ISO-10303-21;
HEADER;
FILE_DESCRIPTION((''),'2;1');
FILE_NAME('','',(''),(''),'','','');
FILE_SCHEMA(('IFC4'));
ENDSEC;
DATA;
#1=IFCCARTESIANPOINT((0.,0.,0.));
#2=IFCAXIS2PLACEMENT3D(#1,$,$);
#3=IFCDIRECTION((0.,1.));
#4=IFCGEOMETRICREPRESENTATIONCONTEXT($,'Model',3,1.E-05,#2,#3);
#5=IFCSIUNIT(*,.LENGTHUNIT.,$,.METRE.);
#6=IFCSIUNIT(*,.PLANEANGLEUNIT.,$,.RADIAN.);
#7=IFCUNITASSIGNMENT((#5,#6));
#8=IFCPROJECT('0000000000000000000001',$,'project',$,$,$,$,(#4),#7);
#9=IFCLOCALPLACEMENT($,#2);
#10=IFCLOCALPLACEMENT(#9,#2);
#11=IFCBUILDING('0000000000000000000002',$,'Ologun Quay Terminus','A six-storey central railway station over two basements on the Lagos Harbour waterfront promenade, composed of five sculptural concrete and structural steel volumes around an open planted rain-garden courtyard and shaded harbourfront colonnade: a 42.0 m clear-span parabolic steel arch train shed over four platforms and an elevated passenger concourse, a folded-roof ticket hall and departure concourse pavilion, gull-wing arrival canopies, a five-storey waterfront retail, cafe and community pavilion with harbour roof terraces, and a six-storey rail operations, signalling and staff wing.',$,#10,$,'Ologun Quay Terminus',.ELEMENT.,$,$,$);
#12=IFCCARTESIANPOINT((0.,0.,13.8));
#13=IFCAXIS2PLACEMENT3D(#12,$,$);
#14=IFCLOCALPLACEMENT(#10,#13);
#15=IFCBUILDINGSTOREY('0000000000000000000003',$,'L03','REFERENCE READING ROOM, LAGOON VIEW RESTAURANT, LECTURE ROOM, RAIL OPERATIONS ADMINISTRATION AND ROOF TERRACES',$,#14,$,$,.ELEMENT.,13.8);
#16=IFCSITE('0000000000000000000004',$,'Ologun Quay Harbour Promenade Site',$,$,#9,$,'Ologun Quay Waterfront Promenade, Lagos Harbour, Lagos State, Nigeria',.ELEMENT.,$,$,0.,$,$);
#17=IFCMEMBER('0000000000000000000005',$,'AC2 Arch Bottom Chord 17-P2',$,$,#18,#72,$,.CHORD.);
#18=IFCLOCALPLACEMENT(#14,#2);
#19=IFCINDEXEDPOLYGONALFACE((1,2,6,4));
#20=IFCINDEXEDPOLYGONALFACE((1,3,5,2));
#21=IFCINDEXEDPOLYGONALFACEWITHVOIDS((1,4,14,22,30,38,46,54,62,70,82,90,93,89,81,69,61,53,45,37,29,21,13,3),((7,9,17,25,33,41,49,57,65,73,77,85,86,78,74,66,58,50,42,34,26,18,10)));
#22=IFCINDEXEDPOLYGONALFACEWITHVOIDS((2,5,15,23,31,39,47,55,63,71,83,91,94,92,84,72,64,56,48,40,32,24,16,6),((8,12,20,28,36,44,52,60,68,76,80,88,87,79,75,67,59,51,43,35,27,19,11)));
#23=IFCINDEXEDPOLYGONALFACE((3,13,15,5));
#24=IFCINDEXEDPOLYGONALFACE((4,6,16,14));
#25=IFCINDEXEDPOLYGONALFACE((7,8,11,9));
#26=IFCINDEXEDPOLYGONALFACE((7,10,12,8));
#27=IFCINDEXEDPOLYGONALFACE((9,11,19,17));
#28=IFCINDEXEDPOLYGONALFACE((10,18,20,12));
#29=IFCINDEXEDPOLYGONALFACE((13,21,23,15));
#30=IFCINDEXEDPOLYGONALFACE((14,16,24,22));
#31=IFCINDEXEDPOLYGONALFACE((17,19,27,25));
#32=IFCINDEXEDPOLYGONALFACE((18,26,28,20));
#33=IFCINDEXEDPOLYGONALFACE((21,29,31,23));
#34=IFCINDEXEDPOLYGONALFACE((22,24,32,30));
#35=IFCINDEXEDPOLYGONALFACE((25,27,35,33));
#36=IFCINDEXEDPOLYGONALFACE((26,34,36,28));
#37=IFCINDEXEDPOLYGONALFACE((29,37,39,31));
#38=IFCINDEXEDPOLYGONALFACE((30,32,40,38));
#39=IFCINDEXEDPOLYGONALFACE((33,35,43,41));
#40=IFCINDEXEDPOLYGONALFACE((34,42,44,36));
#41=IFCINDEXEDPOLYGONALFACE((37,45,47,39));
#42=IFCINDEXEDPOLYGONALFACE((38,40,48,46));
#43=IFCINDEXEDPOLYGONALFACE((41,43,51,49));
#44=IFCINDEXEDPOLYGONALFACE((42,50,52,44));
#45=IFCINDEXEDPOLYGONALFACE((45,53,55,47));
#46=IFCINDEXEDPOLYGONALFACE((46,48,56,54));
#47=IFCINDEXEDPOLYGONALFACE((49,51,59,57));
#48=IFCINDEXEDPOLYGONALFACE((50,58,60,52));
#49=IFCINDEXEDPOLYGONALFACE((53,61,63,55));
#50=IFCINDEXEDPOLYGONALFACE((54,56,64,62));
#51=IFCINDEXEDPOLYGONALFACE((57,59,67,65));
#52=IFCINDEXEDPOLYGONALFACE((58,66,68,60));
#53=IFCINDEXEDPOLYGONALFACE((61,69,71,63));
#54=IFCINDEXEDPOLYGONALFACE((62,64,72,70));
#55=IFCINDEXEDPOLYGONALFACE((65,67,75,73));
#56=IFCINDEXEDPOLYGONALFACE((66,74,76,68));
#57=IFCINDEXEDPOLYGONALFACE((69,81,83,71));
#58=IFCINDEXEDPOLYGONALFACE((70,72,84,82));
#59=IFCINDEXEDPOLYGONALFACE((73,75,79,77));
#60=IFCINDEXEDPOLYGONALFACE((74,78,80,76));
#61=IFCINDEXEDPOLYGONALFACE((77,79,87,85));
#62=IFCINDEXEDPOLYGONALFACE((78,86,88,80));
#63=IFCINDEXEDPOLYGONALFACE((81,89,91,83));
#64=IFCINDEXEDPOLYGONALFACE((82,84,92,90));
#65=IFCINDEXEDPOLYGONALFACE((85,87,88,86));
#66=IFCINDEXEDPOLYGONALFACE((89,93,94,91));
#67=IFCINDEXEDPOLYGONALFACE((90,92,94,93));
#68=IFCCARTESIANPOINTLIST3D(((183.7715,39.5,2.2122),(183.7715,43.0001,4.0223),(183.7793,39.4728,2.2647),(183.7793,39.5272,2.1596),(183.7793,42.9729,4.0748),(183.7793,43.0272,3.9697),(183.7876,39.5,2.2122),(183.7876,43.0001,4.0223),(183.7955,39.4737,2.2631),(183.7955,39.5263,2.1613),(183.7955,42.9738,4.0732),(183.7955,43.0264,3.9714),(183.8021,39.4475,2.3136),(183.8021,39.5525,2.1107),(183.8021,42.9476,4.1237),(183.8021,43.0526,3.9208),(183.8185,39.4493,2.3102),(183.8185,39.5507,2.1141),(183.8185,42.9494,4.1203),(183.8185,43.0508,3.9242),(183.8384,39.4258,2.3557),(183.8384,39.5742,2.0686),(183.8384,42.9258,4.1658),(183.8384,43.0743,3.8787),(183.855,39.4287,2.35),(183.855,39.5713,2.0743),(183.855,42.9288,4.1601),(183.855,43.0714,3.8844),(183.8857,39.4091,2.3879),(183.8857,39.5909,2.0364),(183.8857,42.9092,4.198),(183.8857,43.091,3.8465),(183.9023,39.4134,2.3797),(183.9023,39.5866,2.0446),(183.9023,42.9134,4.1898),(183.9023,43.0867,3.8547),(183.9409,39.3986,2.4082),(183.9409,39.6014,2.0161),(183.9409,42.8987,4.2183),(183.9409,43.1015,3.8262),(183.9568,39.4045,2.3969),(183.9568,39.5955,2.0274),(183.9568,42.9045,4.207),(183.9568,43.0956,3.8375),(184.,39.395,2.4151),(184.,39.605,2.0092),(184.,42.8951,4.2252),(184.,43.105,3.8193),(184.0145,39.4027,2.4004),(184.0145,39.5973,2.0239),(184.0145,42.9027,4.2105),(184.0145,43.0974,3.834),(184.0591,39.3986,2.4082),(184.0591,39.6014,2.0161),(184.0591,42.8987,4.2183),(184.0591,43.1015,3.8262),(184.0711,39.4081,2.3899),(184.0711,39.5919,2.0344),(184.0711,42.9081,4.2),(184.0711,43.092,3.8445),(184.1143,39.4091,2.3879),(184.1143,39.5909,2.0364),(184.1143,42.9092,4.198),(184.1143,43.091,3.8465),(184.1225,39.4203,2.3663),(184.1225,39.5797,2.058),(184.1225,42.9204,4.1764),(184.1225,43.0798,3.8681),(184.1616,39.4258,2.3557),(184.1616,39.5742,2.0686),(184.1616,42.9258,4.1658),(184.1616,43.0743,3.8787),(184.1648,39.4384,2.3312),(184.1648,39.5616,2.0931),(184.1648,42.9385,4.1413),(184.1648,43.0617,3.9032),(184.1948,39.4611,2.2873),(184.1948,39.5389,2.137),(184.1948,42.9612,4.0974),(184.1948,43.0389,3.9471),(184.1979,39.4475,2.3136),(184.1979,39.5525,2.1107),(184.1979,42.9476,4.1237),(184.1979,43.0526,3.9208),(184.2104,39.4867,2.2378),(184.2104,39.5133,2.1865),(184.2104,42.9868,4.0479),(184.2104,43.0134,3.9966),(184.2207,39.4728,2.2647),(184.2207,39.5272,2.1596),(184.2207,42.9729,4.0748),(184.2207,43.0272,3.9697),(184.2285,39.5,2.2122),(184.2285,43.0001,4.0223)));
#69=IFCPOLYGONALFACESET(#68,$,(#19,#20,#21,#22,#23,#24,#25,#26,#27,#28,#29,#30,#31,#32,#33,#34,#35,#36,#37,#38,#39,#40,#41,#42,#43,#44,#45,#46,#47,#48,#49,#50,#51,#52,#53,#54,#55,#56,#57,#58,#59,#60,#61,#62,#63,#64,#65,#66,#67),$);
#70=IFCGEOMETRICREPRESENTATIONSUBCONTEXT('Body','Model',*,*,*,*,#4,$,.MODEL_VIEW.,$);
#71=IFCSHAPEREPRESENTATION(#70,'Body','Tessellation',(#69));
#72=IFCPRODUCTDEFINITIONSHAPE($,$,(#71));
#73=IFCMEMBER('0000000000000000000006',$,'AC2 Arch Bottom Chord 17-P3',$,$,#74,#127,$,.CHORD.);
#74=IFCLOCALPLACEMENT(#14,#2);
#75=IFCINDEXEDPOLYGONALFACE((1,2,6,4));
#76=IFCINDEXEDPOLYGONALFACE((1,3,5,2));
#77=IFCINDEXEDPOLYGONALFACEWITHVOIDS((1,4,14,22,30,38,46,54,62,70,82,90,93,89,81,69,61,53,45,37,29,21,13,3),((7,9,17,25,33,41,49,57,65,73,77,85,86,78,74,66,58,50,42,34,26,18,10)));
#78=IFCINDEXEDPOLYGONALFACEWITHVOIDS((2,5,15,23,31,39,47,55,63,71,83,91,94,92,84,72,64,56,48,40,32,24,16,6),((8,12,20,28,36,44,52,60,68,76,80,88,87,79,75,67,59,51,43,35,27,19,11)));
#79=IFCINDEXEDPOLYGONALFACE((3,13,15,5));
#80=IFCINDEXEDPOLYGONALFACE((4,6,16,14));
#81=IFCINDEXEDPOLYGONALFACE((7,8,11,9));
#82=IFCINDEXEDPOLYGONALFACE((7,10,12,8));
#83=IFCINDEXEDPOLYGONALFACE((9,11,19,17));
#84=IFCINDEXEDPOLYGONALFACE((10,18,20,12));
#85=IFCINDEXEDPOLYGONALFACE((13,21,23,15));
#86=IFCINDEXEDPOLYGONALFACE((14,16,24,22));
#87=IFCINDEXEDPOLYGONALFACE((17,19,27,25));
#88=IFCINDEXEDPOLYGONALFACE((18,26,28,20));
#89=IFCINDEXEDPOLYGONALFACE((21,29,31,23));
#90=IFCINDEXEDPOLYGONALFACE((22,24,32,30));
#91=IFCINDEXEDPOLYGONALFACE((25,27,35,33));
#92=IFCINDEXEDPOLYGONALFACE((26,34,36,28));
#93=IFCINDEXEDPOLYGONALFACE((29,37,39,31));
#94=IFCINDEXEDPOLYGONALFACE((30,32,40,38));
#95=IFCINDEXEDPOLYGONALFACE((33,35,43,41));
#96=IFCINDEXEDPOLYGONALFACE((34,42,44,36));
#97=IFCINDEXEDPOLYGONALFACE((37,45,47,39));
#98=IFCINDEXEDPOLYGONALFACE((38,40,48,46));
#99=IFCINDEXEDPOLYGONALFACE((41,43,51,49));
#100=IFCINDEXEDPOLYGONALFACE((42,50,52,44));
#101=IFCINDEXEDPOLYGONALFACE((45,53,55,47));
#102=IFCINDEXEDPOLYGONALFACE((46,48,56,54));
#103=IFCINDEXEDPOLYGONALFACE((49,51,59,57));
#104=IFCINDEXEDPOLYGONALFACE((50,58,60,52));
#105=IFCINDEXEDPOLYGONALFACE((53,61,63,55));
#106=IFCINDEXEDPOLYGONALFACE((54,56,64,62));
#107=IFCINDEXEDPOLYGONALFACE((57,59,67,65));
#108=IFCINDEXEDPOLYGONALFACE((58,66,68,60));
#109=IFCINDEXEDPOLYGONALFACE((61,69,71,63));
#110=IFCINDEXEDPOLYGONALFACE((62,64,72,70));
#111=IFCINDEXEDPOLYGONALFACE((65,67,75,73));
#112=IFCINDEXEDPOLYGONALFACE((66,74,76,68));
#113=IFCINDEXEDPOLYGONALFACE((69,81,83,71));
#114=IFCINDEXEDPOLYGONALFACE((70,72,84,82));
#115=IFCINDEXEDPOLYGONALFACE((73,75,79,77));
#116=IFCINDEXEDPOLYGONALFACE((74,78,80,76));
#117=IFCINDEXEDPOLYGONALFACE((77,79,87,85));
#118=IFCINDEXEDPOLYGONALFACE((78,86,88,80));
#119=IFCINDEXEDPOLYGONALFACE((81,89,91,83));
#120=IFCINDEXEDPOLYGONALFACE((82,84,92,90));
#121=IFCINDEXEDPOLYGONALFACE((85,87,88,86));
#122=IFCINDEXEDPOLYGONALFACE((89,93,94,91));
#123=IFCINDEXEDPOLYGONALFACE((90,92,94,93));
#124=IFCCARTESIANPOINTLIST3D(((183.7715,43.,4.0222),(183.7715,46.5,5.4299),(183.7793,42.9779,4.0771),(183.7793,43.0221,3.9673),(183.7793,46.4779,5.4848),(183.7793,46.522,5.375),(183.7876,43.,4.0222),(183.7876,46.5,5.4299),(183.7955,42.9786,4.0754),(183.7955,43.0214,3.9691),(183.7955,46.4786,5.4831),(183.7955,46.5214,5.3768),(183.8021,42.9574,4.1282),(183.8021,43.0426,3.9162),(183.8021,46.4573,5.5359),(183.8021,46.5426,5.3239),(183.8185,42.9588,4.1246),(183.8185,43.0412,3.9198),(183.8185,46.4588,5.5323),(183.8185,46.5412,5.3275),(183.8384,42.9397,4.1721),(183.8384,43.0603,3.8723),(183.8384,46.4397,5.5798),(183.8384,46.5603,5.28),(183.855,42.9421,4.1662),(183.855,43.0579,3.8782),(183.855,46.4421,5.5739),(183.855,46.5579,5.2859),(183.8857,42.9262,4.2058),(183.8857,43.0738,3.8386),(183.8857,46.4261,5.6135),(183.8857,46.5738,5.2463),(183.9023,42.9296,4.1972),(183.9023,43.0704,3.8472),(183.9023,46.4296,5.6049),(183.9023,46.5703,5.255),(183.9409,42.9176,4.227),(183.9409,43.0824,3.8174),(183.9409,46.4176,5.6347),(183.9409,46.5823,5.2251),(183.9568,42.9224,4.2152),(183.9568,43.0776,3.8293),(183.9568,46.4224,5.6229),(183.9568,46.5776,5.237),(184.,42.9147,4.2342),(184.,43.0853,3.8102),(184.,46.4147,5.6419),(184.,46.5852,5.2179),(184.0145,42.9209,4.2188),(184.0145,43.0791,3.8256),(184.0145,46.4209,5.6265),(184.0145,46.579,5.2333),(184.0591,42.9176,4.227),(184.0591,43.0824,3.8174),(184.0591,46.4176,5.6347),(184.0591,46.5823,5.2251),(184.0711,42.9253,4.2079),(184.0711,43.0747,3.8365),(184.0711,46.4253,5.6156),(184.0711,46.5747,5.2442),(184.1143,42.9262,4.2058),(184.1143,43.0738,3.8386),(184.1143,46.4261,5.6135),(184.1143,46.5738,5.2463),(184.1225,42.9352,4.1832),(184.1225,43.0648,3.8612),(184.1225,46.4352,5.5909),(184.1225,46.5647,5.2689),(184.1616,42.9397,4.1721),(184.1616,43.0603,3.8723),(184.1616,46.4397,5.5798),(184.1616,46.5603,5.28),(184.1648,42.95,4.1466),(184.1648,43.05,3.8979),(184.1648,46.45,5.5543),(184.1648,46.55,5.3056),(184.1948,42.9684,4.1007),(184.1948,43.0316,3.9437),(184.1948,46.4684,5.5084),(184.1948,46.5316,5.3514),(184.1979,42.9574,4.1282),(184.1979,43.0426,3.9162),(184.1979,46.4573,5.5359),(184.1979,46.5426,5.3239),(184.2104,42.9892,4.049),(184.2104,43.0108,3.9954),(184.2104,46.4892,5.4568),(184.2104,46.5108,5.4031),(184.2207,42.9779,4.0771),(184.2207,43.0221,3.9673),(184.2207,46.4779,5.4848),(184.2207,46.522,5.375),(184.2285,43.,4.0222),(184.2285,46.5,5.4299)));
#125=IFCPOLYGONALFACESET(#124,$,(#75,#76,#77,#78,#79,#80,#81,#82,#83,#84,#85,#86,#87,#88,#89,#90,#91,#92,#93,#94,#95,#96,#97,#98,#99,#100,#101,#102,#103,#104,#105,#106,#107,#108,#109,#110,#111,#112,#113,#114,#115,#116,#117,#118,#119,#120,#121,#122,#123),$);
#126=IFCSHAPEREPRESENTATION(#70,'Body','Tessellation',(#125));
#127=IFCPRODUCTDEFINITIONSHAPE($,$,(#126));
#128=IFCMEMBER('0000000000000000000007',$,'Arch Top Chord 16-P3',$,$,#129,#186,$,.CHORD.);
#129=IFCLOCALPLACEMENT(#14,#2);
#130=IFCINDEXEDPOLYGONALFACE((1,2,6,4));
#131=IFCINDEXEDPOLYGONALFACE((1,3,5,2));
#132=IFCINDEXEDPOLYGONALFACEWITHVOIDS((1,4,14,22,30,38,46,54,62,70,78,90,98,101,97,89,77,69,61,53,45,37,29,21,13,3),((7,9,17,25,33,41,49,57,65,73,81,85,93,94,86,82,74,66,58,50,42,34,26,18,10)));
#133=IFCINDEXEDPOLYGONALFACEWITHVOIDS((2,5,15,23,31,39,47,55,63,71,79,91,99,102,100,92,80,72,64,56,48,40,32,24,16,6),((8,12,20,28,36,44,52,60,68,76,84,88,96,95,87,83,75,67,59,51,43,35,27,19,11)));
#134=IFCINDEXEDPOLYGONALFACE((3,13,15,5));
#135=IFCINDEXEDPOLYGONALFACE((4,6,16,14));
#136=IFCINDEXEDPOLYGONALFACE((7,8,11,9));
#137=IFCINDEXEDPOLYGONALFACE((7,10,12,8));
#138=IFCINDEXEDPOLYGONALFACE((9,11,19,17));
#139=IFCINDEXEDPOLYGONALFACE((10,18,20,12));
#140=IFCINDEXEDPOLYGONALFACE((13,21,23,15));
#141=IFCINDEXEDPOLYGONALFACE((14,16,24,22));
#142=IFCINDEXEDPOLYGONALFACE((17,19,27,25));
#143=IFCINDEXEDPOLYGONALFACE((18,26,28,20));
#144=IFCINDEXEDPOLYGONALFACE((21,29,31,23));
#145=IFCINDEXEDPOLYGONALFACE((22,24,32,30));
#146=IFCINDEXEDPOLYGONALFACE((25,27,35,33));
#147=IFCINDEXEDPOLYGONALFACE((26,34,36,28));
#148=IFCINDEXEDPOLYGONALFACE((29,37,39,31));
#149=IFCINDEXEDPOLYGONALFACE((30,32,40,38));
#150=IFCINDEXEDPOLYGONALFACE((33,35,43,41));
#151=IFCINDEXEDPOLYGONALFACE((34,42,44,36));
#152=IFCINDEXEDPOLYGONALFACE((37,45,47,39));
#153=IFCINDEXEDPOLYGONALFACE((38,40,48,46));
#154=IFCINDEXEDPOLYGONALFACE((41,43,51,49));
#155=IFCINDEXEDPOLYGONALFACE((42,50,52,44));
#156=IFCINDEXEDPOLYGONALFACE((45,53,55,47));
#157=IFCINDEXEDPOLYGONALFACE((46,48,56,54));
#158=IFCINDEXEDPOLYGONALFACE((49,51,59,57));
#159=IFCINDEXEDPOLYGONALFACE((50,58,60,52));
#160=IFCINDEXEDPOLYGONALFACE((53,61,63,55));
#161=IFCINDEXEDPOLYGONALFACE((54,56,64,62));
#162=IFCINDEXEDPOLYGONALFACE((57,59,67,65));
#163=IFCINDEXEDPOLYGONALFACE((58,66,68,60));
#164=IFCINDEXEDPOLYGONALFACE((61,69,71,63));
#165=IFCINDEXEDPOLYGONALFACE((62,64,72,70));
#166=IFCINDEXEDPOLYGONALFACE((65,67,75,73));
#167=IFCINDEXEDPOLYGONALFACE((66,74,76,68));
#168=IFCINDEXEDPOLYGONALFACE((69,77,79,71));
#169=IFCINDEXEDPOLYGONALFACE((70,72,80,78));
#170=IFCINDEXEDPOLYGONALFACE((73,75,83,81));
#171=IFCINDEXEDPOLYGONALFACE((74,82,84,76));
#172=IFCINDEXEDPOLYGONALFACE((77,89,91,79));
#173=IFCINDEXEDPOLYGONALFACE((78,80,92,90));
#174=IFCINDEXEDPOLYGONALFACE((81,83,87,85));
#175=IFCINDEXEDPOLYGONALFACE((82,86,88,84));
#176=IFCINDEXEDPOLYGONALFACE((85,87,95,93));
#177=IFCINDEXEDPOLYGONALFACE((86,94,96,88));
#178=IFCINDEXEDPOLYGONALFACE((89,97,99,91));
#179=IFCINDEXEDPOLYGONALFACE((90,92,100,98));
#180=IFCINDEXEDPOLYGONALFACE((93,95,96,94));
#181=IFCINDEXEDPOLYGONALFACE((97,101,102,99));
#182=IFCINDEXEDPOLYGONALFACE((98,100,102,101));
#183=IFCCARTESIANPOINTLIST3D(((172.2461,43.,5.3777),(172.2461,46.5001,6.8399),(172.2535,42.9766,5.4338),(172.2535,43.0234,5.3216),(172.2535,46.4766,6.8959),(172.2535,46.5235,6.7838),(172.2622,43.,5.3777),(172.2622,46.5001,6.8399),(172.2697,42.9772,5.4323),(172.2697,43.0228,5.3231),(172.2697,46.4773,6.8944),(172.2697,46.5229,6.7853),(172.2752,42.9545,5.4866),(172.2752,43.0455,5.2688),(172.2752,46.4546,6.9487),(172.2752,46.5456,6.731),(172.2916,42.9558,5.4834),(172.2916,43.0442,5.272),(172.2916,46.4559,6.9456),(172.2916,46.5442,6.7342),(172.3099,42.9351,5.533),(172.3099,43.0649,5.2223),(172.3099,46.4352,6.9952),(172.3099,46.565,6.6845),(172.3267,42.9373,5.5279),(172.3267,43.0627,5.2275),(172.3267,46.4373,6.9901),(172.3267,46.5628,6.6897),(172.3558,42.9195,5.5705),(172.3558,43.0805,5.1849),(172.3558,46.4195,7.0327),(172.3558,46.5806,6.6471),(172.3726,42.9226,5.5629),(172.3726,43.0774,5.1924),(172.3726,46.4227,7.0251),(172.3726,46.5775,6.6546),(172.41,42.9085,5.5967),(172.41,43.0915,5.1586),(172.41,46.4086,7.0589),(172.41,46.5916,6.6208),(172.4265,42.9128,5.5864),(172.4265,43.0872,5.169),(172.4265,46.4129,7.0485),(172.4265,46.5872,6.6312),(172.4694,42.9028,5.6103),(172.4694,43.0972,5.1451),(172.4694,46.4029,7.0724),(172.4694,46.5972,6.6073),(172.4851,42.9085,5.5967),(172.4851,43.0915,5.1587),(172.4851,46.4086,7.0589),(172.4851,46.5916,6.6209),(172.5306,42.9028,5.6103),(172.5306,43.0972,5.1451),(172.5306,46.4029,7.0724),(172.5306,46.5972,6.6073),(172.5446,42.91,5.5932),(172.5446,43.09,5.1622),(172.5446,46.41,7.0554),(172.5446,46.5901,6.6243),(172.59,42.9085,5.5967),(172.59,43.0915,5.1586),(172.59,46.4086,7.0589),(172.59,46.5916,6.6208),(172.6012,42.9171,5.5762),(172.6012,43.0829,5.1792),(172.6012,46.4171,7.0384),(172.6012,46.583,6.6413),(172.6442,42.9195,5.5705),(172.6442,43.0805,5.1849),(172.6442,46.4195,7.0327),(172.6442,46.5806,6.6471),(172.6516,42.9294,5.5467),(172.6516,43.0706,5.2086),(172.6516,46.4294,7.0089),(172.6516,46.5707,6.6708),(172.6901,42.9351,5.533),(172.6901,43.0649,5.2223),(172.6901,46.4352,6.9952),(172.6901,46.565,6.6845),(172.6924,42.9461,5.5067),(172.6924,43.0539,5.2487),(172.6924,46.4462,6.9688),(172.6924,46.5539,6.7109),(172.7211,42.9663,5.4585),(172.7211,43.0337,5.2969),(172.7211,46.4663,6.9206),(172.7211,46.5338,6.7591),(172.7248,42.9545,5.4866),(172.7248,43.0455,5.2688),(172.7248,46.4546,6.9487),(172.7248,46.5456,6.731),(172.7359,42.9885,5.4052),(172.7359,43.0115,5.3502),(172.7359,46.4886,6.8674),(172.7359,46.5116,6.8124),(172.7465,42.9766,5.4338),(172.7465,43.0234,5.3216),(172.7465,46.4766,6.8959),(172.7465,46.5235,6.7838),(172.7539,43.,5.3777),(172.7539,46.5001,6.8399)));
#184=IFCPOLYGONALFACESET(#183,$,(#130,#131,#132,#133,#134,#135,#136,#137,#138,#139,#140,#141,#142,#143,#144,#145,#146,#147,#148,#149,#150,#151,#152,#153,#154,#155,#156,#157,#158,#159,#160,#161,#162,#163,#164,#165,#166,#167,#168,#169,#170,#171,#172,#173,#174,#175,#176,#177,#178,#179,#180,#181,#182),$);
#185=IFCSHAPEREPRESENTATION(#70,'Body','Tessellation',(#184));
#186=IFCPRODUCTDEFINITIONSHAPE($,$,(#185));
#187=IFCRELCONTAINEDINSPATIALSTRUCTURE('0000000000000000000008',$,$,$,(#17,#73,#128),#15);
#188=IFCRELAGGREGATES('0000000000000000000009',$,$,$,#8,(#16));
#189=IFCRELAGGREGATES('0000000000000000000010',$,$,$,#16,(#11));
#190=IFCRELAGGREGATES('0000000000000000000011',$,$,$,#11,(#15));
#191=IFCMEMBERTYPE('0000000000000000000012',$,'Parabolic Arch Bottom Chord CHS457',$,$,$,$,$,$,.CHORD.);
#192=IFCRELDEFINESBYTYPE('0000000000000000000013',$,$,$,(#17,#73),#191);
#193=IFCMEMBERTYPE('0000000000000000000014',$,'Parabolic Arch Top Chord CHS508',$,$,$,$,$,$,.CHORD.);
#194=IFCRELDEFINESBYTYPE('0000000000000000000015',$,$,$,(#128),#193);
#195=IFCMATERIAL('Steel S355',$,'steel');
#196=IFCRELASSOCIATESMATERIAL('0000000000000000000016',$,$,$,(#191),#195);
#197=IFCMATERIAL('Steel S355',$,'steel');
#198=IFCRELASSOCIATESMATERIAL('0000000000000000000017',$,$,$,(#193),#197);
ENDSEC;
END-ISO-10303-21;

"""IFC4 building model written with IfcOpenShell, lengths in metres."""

from ifc_helpers import new_model, si_unit, direction, frame, origin, origin_2d, place, context, subcontext, project, spatial, hollow_circle, extrude, material, material_profile, profile_set, type_object, element, save


model = new_model("IFC4")

# Units and contexts
model_context = context("Model", 3, precision=1e-05, world=origin(), true_north=direction((0.0, 1.0)))
body_context = subcontext(model_context, "Body", "Model", "MODEL_VIEW")
ifc_project = project(units=[si_unit("LENGTHUNIT", "METRE"), si_unit("PLANEANGLEUNIT", "RADIAN")], contexts=[model_context])

# Site, building, storey
site_placement = place(None, origin())
site = spatial("IfcSite", under=ifc_project, at=site_placement, Name="Ologun Quay Harbour Promenade Site", LongName="Ologun Quay Waterfront Promenade, Lagos Harbour, Lagos State, Nigeria", CompositionType="ELEMENT", RefElevation=0.0)
building_placement = place(site_placement, origin())
building = spatial("IfcBuilding", under=site, at=building_placement, Name="Ologun Quay Terminus", Description="A six-storey central railway station over two basements on the Lagos Harbour waterfront promenade, composed of five sculptural concrete and structural steel volumes around an open planted rain-garden courtyard and shaded harbourfront colonnade: a 42.0 m clear-span parabolic steel arch train shed over four platforms and an elevated passenger concourse, a folded-roof ticket hall and departure concourse pavilion, gull-wing arrival canopies, a five-storey waterfront retail, cafe and community pavilion with harbour roof terraces, and a six-storey rail operations, signalling and staff wing.", LongName="Ologun Quay Terminus", CompositionType="ELEMENT")
storey_placement = place(building_placement, frame((0.0, 0.0, 13.8)))
storey = spatial("IfcBuildingStorey", under=building, at=storey_placement, Name="L03", Description="REFERENCE READING ROOM, LAGOON VIEW RESTAURANT, LECTURE ROOM, RAIL OPERATIONS ADMINISTRATION AND ROOF TERRACES", CompositionType="ELEMENT", Elevation=13.8)

# Members
ifc_material_1 = material(Name="Steel S355", Category="steel")
ifc_material_profile_1 = material_profile(ifc_material_1, hollow_circle(Radius=0.2285, WallThickness=0.0161, at=origin_2d()), Name="CHS 457x16")
ifc_profile_set_1 = profile_set([ifc_material_profile_1], Name="Steel S355")
member_type_1 = type_object("IfcMemberType", Name="Parabolic Arch Bottom Chord CHS457", PredefinedType="CHORD", material=ifc_profile_set_1)
member_1_placement = place(storey_placement, frame((184.0, 39.5, 2.2122), z_axis=(0.0, 0.888247, 0.459366), x_axis=(-1.0, 0.0, 0.0)))
element("IfcMember", 1, at=member_1_placement, inside=storey, type_object=member_type_1, Name="AC2 Arch Bottom Chord 17-P2", PredefinedType="CHORD", context=body_context, shape_type="SweptSolid", body=[
    extrude(hollow_circle(Radius=0.2285, WallThickness=0.0161, at=origin_2d()), origin(), (0.0, 0.0, 1.0), 3.9404),
])
member_2_placement = place(storey_placement, frame((184.0, 43.0, 4.0222), z_axis=(0.0, 0.92777, 0.373153), x_axis=(-1.0, 0.0, 0.0)))
element("IfcMember", 2, at=member_2_placement, inside=storey, type_object=member_type_1, Name="AC2 Arch Bottom Chord 17-P3", PredefinedType="CHORD", context=body_context, shape_type="SweptSolid", body=[
    extrude(hollow_circle(Radius=0.2285, WallThickness=0.0161, at=origin_2d()), origin(), (0.0, 0.0, 1.0), 3.7725),
])
ifc_material_2 = material(Name="Steel S355", Category="steel")
ifc_material_profile_2 = material_profile(ifc_material_2, hollow_circle(Radius=0.2539, WallThickness=0.0161, at=origin_2d()), Name="CHS 508x16")
ifc_profile_set_2 = profile_set([ifc_material_profile_2], Name="Steel S355")
member_type_2 = type_object("IfcMemberType", Name="Parabolic Arch Top Chord CHS508", PredefinedType="CHORD", material=ifc_profile_set_2)
member_3_placement = place(storey_placement, frame((172.5, 43.0, 5.3777), z_axis=(0.0, 0.922719, 0.385474), x_axis=(-1.0, 0.0, 0.0)))
element("IfcMember", 3, at=member_3_placement, inside=storey, type_object=member_type_2, Name="Arch Top Chord 16-P3", PredefinedType="CHORD", context=body_context, shape_type="SweptSolid", body=[
    extrude(hollow_circle(Radius=0.2539, WallThickness=0.0161, at=origin_2d()), origin(), (0.0, 0.0, 1.0), 3.7932),
])

save(model, "model.ifc")
